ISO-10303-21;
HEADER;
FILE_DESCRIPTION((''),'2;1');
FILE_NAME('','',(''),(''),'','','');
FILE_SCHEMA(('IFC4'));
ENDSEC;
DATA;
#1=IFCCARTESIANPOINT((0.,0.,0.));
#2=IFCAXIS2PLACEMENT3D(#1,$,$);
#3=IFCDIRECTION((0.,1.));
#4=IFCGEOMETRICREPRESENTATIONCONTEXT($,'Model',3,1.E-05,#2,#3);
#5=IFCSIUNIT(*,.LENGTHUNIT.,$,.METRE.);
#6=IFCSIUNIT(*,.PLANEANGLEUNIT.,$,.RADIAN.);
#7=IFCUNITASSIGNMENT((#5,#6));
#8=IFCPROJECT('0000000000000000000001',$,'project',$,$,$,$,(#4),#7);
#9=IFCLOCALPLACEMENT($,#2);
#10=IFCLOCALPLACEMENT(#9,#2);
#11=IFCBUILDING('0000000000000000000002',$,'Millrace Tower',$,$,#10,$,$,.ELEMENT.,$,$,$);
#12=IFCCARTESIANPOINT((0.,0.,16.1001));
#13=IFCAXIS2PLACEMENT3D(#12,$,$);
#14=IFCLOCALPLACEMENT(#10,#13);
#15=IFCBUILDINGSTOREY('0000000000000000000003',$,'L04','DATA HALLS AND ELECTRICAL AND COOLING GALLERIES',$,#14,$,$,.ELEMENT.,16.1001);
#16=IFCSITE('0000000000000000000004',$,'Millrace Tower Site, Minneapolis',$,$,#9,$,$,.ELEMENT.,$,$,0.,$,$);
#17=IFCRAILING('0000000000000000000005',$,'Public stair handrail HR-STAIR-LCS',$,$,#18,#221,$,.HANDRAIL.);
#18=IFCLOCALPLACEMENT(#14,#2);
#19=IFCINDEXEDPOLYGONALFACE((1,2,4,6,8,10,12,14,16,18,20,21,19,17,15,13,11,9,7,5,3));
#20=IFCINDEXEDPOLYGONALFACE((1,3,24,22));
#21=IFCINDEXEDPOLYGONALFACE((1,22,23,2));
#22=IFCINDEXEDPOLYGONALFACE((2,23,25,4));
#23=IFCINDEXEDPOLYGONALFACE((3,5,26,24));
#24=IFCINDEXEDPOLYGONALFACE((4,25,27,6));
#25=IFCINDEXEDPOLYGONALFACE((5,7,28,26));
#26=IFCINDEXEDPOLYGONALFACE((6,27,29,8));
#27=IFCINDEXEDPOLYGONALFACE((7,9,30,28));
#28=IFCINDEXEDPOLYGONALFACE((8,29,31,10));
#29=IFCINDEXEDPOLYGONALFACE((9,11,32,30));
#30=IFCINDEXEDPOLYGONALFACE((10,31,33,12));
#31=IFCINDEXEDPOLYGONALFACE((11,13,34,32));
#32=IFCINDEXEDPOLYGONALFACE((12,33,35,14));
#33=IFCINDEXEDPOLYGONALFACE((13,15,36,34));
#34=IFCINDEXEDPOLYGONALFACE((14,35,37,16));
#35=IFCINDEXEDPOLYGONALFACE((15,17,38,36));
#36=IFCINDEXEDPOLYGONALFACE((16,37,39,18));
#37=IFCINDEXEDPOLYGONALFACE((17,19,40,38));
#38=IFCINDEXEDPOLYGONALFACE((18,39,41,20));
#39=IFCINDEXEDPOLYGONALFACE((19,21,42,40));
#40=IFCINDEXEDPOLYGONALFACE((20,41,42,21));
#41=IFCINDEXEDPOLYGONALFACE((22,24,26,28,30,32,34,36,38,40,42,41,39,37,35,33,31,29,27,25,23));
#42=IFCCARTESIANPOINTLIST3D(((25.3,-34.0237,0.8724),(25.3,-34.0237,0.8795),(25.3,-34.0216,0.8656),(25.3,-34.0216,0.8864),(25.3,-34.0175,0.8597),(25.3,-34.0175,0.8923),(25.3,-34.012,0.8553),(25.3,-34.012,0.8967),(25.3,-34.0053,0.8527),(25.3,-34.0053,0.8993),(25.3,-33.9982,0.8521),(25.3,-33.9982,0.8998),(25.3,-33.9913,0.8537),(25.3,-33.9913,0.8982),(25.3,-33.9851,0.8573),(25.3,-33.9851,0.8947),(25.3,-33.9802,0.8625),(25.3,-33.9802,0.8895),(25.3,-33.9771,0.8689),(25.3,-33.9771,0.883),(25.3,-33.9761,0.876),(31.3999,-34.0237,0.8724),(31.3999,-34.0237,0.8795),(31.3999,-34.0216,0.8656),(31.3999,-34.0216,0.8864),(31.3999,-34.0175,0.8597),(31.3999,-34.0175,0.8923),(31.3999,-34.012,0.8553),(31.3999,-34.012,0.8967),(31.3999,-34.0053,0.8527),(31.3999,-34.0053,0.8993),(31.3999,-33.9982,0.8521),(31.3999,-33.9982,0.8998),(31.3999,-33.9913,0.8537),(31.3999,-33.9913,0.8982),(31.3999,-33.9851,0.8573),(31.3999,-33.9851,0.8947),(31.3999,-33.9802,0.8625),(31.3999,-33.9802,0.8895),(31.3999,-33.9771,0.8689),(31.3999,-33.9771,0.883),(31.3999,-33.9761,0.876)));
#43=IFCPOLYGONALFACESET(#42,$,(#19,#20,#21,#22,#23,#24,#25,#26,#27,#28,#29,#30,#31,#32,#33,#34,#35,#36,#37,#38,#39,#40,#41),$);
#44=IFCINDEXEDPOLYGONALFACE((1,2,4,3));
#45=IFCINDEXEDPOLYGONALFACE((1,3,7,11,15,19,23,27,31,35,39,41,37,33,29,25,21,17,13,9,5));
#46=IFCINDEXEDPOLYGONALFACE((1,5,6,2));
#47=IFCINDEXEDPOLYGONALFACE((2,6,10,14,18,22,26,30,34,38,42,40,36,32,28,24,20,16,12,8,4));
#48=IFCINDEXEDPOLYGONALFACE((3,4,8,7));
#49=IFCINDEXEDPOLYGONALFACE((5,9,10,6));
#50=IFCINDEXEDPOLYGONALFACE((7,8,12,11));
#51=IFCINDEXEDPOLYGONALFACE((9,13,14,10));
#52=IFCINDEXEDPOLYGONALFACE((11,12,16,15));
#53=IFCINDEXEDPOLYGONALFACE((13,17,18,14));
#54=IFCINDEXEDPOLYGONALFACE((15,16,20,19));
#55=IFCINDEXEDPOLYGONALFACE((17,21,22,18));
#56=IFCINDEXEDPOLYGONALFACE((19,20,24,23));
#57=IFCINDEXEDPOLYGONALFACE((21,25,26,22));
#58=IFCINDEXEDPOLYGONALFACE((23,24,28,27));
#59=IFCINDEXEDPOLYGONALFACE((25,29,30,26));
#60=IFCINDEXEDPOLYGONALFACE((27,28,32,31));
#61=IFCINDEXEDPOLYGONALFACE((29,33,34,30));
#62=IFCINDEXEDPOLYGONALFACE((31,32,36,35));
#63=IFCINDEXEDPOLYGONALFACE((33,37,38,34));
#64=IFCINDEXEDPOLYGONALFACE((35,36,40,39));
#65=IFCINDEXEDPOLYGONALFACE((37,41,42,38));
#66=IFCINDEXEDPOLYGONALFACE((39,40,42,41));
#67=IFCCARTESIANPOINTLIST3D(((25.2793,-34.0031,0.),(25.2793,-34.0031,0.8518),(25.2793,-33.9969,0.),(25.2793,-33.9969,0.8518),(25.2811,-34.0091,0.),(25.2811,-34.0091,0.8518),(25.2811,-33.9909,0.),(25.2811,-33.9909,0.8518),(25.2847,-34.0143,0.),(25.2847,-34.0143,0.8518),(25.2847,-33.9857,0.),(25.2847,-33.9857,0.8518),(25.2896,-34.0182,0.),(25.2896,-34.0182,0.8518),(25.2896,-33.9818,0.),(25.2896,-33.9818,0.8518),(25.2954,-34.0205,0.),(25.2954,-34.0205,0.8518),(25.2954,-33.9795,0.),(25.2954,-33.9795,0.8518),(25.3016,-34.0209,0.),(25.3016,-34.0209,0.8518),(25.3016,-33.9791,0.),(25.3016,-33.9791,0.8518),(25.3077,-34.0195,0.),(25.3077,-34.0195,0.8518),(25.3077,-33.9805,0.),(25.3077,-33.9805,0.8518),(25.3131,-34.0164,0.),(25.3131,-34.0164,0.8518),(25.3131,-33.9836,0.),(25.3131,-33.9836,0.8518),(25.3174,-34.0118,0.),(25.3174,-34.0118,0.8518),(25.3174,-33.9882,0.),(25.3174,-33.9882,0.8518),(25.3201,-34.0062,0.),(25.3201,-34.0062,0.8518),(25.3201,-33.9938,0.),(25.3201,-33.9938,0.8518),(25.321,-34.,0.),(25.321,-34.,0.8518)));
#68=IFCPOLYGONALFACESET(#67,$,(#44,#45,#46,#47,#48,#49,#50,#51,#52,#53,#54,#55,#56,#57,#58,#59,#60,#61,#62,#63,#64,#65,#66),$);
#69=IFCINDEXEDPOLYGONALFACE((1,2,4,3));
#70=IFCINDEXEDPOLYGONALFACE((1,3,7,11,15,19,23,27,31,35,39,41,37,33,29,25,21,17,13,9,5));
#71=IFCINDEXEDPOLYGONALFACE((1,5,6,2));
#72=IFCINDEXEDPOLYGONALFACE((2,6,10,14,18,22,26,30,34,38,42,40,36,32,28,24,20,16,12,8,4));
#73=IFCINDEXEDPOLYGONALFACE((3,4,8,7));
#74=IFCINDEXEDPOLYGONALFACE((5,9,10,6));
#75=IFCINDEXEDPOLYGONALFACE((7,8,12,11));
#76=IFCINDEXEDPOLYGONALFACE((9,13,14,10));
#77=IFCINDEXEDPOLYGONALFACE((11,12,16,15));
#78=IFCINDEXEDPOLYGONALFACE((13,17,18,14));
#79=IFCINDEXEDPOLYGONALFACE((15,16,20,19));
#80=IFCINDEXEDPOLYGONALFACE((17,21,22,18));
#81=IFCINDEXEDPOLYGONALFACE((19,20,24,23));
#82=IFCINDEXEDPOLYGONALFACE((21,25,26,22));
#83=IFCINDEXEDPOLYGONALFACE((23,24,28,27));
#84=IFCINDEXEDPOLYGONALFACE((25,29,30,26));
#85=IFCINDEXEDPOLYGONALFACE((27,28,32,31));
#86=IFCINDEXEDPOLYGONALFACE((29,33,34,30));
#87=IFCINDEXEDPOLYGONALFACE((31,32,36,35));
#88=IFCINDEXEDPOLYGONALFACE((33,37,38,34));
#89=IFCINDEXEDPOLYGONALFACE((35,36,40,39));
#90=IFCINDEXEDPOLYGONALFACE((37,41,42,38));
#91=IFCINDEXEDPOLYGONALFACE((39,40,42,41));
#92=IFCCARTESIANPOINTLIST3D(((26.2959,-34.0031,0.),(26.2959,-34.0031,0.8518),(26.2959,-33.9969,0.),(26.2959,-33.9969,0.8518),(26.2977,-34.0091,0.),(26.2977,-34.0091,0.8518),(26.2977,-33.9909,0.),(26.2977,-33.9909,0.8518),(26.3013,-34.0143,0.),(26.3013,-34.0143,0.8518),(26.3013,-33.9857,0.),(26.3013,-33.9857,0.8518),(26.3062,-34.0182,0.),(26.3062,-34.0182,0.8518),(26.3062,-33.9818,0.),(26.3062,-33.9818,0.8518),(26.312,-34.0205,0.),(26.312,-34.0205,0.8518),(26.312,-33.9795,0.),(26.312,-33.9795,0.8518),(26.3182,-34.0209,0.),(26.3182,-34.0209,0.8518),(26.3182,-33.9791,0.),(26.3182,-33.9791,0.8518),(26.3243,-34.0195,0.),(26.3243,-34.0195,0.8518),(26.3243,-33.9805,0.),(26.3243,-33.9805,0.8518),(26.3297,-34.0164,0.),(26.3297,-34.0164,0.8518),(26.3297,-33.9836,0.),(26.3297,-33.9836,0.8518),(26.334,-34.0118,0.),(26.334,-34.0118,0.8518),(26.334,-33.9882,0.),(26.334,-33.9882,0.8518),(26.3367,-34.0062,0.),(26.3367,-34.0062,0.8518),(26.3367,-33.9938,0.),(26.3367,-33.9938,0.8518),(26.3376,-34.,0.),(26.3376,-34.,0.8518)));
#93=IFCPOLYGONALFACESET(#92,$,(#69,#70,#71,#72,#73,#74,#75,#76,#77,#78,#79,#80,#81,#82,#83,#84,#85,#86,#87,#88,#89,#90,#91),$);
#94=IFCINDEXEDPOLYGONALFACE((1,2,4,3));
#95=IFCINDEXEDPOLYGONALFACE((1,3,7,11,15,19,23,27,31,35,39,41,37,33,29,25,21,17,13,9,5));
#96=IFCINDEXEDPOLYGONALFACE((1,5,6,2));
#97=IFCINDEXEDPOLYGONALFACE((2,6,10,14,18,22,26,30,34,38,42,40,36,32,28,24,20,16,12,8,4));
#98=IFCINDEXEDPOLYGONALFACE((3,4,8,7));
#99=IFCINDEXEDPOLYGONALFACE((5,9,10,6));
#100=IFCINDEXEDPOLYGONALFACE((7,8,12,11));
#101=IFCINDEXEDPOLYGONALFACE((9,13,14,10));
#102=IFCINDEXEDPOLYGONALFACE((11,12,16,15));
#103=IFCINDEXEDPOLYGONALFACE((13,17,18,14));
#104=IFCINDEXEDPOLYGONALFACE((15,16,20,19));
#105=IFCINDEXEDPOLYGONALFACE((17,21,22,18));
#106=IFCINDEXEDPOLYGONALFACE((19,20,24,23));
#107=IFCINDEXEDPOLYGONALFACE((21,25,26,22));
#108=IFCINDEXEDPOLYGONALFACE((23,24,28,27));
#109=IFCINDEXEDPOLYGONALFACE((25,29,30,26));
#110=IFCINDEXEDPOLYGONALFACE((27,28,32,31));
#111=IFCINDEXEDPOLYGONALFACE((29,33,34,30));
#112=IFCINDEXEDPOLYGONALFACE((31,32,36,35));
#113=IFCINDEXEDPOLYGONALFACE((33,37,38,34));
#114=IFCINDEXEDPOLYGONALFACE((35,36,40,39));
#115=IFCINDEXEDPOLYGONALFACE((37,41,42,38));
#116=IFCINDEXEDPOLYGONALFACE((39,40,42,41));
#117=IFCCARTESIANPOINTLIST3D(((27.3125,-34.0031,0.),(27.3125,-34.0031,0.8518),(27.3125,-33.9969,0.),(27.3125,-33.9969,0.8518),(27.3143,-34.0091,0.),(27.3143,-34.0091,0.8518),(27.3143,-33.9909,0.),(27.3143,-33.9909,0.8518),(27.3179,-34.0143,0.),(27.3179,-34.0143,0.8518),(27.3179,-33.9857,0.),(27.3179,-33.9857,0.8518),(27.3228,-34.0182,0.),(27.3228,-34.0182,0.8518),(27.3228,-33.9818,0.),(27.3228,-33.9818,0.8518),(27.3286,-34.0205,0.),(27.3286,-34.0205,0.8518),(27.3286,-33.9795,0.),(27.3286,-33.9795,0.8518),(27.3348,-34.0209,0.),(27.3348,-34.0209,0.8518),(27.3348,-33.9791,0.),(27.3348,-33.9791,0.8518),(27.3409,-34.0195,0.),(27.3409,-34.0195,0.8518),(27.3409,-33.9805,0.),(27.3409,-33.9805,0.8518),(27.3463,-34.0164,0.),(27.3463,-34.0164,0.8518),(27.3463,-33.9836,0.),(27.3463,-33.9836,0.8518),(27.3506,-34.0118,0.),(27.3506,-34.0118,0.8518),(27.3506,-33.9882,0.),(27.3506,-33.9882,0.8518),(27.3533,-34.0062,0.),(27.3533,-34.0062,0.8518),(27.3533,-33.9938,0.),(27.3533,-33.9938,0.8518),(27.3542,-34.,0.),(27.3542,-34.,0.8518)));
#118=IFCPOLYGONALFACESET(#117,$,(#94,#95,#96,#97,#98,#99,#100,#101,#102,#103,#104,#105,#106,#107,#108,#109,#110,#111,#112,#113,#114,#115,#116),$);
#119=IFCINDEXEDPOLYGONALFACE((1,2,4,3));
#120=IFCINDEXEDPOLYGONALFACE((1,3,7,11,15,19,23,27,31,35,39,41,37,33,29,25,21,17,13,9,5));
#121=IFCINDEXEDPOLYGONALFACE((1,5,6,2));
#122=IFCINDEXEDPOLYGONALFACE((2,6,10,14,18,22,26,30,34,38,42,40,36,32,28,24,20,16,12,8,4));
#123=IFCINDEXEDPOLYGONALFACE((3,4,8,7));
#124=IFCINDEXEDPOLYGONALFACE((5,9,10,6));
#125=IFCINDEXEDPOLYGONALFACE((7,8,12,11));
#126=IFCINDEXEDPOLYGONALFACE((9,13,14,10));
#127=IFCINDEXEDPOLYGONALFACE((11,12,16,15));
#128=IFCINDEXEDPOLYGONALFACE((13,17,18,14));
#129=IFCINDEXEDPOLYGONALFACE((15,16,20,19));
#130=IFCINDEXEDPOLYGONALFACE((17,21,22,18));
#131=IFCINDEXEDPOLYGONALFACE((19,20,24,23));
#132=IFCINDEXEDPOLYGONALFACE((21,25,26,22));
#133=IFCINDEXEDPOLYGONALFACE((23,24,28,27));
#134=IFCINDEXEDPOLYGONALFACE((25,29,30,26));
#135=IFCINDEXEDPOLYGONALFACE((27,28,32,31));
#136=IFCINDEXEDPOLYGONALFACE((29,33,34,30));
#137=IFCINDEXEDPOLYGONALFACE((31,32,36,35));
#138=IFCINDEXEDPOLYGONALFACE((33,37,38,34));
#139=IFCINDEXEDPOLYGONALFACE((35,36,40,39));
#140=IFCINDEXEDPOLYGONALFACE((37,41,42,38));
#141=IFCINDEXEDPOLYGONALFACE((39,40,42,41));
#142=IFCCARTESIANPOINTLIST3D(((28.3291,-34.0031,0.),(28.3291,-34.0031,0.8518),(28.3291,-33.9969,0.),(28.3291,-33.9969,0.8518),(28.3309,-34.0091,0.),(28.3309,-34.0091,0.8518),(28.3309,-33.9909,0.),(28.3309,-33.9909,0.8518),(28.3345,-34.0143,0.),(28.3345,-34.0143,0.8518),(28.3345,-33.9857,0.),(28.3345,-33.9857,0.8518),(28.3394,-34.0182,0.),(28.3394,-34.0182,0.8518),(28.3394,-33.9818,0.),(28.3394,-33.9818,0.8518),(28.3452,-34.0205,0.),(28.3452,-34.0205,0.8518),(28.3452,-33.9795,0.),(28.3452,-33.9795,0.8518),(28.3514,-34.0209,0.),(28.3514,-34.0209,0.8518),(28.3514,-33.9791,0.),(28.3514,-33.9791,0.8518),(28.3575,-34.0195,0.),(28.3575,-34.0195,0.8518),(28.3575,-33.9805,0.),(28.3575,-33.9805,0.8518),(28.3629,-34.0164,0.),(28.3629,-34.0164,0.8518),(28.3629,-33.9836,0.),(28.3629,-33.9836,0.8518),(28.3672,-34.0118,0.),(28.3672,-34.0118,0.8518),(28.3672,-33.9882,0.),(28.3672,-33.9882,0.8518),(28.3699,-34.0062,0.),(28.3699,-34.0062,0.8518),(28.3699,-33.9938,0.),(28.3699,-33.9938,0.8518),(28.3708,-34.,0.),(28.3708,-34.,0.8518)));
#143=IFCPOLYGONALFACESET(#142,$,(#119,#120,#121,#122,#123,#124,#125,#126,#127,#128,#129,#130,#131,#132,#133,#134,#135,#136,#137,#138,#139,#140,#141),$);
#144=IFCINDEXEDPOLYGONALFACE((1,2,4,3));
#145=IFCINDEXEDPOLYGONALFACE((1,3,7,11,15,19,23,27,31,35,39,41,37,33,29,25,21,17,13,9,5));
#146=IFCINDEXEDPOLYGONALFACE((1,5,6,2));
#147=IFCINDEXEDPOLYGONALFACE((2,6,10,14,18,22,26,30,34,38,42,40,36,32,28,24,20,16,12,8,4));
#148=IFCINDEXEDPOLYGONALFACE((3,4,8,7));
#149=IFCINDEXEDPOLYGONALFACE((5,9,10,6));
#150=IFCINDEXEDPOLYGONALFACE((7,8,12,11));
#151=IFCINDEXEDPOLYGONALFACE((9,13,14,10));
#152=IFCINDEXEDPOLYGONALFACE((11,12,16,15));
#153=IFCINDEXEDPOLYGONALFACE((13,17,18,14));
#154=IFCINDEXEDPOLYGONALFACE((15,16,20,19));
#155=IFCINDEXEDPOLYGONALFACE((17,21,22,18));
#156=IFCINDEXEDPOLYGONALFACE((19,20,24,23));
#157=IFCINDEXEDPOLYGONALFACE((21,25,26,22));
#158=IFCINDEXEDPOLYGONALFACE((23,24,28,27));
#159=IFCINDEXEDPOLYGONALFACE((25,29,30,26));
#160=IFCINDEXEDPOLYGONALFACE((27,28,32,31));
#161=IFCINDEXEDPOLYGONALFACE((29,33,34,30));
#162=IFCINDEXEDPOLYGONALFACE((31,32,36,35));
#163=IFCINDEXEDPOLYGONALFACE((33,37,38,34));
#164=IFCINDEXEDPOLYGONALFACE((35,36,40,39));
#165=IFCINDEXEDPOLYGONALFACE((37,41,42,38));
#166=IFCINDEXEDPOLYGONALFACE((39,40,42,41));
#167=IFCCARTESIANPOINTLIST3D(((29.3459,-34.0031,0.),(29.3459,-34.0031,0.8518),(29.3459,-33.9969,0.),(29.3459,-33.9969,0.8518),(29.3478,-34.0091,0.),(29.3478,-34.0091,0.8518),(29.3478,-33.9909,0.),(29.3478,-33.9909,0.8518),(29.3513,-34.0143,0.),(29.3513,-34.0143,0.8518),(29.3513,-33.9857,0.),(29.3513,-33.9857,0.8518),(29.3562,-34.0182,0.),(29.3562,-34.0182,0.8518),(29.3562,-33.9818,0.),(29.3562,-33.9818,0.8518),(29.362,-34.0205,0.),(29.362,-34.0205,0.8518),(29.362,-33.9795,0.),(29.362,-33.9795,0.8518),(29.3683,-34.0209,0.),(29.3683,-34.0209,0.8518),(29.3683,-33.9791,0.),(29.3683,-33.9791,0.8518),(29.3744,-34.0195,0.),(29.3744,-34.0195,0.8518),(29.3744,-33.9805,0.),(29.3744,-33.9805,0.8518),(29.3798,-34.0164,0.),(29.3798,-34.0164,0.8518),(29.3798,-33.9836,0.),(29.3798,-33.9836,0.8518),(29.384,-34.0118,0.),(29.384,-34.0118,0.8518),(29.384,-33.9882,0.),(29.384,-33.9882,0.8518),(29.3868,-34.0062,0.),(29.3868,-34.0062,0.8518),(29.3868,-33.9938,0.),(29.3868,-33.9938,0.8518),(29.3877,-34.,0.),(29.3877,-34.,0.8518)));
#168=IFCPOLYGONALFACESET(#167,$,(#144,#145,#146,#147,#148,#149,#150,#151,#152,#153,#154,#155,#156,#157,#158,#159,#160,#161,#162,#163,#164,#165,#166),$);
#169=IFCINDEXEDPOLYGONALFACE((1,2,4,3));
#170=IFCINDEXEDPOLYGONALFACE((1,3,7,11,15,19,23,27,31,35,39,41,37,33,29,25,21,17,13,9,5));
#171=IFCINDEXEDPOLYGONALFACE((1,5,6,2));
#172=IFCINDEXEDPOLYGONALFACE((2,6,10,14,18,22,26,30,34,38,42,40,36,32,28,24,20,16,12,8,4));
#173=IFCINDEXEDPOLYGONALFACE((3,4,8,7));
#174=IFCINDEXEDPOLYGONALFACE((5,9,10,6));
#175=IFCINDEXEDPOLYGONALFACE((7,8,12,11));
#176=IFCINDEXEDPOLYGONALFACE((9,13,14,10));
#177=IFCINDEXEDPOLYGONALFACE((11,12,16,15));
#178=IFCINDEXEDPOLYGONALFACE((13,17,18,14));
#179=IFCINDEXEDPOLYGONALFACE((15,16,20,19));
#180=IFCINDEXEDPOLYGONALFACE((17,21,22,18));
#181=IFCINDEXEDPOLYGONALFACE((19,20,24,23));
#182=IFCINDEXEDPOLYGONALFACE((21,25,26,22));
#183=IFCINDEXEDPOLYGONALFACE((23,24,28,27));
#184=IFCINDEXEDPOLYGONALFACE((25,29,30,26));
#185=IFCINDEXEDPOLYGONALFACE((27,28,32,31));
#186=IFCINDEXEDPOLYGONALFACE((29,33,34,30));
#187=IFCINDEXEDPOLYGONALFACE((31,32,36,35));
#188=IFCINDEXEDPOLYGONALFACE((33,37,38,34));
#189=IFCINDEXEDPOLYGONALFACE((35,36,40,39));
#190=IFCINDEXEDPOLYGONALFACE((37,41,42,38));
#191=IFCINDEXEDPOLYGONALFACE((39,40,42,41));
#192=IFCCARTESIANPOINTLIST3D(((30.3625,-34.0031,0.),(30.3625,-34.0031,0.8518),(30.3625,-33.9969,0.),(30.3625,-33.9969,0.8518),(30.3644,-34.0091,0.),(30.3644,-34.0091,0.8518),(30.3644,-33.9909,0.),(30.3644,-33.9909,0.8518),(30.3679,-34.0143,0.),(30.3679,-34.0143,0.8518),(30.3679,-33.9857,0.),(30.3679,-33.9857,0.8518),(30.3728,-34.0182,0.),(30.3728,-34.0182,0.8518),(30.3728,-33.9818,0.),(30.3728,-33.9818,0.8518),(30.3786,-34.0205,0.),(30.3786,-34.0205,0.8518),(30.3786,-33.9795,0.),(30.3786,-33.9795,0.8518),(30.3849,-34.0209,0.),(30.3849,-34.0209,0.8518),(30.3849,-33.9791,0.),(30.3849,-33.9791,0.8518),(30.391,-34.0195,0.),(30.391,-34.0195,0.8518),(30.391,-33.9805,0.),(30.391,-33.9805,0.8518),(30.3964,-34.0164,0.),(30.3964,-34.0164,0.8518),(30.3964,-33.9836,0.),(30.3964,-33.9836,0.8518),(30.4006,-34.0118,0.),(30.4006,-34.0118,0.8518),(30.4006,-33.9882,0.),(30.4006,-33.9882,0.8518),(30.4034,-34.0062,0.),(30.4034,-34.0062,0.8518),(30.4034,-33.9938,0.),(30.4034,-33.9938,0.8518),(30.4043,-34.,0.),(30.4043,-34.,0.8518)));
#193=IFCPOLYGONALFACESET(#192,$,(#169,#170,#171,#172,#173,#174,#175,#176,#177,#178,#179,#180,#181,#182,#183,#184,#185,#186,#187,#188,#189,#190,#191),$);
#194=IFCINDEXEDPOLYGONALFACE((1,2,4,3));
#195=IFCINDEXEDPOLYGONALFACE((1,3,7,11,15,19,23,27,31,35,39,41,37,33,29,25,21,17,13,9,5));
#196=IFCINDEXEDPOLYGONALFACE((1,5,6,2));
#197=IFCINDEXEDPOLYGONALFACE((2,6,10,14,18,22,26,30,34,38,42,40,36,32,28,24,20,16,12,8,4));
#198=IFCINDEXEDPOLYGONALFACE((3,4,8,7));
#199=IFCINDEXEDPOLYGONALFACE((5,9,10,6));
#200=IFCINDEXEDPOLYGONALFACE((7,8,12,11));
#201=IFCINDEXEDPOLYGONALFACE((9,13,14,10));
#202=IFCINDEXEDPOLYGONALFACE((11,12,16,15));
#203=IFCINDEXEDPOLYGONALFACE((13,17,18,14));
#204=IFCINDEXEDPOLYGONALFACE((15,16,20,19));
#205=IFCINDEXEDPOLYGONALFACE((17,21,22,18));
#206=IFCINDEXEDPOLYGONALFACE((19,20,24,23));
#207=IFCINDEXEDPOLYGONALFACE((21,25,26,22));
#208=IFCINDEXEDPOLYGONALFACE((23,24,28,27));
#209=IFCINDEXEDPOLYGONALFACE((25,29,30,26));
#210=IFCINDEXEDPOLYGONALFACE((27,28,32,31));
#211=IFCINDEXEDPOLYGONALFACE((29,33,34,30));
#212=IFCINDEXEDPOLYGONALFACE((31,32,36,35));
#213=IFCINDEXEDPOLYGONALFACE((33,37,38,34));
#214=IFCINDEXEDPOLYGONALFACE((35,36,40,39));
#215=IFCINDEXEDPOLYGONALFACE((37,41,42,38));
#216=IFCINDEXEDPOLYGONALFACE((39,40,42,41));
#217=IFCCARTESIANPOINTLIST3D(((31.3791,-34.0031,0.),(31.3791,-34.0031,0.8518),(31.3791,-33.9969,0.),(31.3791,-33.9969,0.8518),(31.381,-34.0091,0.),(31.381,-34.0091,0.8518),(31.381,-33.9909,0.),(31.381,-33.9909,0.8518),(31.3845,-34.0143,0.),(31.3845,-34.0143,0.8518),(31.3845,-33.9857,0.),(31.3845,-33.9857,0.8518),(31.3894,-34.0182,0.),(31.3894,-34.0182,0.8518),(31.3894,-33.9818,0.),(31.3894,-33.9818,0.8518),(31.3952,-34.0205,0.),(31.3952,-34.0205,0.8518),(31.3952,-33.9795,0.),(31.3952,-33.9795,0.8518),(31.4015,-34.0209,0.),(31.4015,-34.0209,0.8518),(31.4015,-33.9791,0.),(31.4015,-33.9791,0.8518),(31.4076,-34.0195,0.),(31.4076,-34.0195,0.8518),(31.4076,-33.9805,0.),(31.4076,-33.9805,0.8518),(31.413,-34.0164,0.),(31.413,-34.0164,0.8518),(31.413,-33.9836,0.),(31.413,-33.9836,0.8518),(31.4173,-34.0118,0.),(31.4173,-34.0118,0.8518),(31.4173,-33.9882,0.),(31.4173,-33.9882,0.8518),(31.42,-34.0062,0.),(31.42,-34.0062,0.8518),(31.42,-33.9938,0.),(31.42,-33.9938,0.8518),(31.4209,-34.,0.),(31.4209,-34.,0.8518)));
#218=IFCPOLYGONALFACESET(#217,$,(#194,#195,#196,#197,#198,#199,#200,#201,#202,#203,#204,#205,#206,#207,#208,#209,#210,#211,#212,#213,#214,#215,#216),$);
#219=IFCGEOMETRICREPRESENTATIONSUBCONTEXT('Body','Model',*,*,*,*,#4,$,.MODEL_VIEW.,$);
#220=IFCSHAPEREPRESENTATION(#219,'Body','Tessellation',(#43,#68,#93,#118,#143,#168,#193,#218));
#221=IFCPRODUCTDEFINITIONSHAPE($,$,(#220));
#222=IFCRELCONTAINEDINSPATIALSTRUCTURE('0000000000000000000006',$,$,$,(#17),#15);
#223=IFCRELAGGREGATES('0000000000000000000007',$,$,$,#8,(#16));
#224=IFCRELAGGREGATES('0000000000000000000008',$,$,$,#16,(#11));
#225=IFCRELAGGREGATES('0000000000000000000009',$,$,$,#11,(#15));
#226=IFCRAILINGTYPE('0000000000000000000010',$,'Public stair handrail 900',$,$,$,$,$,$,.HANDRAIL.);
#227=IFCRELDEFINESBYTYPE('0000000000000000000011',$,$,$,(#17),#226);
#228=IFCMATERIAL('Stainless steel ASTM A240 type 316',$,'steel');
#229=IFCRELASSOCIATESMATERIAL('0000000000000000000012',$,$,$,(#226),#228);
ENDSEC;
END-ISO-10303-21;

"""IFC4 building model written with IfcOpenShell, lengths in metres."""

from ifc_helpers import new_model, si_unit, direction, frame, origin, origin_2d, place, context, subcontext, project, spatial, circle, extrude, material, type_object, element, save


model = new_model("IFC4")

# Units and contexts
model_context = context("Model", 3, precision=1e-05, world=origin(), true_north=direction((0.0, 1.0)))
body_context = subcontext(model_context, "Body", "Model", "MODEL_VIEW")
ifc_project = project(units=[si_unit("LENGTHUNIT", "METRE"), si_unit("PLANEANGLEUNIT", "RADIAN")], contexts=[model_context])

# Site, building, storey
site_placement = place(None, origin())
site = spatial("IfcSite", under=ifc_project, at=site_placement, Name="Millrace Tower Site, Minneapolis", CompositionType="ELEMENT", RefElevation=0.0)
building_placement = place(site_placement, origin())
building = spatial("IfcBuilding", under=site, at=building_placement, Name="Millrace Tower", CompositionType="ELEMENT")
storey_placement = place(building_placement, frame((0.0, 0.0, 16.1001)))
storey = spatial("IfcBuildingStorey", under=building, at=storey_placement, Name="L04", Description="DATA HALLS AND ELECTRICAL AND COOLING GALLERIES", CompositionType="ELEMENT", Elevation=16.1001)

# Railing
placement_1 = place(storey_placement, frame((25.3, -34.0, 0.0)))
ifc_material_1 = material(Name="Stainless steel ASTM A240 type 316", Category="steel")
railing_type_1 = type_object("IfcRailingType", Name="Public stair handrail 900", PredefinedType="HANDRAIL", material=ifc_material_1)
element("IfcRailing", 1, at=placement_1, inside=storey, type_object=railing_type_1, Name="Public stair handrail HR-STAIR-LCS", PredefinedType="HANDRAIL", context=body_context, shape_type="SweptSolid", body=[
    extrude(circle(Radius=0.0239, at=origin_2d()), frame((0.0, 0.0, 0.876), z_axis=(1.0, 0.0, 0.0), x_axis=(0.0, 1.0, 0.0)), (0.0, 0.0, 1.0), 6.0999),
    extrude(circle(Radius=0.021, at=origin_2d()), origin(), (0.0, 0.0, 1.0), 0.8518),
    extrude(circle(Radius=0.021, at=origin_2d()), frame((1.0166, 0.0, 0.0)), (0.0, 0.0, 1.0), 0.8518),
    extrude(circle(Radius=0.021, at=origin_2d()), frame((2.0332, 0.0, 0.0)), (0.0, 0.0, 1.0), 0.8518),
    extrude(circle(Radius=0.021, at=origin_2d()), frame((3.0498, 0.0, 0.0)), (0.0, 0.0, 1.0), 0.8518),
    extrude(circle(Radius=0.021, at=origin_2d()), frame((4.0667, 0.0, 0.0)), (0.0, 0.0, 1.0), 0.8518),
    extrude(circle(Radius=0.021, at=origin_2d()), frame((5.0833, 0.0, 0.0)), (0.0, 0.0, 1.0), 0.8518),
    extrude(circle(Radius=0.021, at=origin_2d()), frame((6.0999, 0.0, 0.0)), (0.0, 0.0, 1.0), 0.8518),
])

save(model, "model.ifc")
